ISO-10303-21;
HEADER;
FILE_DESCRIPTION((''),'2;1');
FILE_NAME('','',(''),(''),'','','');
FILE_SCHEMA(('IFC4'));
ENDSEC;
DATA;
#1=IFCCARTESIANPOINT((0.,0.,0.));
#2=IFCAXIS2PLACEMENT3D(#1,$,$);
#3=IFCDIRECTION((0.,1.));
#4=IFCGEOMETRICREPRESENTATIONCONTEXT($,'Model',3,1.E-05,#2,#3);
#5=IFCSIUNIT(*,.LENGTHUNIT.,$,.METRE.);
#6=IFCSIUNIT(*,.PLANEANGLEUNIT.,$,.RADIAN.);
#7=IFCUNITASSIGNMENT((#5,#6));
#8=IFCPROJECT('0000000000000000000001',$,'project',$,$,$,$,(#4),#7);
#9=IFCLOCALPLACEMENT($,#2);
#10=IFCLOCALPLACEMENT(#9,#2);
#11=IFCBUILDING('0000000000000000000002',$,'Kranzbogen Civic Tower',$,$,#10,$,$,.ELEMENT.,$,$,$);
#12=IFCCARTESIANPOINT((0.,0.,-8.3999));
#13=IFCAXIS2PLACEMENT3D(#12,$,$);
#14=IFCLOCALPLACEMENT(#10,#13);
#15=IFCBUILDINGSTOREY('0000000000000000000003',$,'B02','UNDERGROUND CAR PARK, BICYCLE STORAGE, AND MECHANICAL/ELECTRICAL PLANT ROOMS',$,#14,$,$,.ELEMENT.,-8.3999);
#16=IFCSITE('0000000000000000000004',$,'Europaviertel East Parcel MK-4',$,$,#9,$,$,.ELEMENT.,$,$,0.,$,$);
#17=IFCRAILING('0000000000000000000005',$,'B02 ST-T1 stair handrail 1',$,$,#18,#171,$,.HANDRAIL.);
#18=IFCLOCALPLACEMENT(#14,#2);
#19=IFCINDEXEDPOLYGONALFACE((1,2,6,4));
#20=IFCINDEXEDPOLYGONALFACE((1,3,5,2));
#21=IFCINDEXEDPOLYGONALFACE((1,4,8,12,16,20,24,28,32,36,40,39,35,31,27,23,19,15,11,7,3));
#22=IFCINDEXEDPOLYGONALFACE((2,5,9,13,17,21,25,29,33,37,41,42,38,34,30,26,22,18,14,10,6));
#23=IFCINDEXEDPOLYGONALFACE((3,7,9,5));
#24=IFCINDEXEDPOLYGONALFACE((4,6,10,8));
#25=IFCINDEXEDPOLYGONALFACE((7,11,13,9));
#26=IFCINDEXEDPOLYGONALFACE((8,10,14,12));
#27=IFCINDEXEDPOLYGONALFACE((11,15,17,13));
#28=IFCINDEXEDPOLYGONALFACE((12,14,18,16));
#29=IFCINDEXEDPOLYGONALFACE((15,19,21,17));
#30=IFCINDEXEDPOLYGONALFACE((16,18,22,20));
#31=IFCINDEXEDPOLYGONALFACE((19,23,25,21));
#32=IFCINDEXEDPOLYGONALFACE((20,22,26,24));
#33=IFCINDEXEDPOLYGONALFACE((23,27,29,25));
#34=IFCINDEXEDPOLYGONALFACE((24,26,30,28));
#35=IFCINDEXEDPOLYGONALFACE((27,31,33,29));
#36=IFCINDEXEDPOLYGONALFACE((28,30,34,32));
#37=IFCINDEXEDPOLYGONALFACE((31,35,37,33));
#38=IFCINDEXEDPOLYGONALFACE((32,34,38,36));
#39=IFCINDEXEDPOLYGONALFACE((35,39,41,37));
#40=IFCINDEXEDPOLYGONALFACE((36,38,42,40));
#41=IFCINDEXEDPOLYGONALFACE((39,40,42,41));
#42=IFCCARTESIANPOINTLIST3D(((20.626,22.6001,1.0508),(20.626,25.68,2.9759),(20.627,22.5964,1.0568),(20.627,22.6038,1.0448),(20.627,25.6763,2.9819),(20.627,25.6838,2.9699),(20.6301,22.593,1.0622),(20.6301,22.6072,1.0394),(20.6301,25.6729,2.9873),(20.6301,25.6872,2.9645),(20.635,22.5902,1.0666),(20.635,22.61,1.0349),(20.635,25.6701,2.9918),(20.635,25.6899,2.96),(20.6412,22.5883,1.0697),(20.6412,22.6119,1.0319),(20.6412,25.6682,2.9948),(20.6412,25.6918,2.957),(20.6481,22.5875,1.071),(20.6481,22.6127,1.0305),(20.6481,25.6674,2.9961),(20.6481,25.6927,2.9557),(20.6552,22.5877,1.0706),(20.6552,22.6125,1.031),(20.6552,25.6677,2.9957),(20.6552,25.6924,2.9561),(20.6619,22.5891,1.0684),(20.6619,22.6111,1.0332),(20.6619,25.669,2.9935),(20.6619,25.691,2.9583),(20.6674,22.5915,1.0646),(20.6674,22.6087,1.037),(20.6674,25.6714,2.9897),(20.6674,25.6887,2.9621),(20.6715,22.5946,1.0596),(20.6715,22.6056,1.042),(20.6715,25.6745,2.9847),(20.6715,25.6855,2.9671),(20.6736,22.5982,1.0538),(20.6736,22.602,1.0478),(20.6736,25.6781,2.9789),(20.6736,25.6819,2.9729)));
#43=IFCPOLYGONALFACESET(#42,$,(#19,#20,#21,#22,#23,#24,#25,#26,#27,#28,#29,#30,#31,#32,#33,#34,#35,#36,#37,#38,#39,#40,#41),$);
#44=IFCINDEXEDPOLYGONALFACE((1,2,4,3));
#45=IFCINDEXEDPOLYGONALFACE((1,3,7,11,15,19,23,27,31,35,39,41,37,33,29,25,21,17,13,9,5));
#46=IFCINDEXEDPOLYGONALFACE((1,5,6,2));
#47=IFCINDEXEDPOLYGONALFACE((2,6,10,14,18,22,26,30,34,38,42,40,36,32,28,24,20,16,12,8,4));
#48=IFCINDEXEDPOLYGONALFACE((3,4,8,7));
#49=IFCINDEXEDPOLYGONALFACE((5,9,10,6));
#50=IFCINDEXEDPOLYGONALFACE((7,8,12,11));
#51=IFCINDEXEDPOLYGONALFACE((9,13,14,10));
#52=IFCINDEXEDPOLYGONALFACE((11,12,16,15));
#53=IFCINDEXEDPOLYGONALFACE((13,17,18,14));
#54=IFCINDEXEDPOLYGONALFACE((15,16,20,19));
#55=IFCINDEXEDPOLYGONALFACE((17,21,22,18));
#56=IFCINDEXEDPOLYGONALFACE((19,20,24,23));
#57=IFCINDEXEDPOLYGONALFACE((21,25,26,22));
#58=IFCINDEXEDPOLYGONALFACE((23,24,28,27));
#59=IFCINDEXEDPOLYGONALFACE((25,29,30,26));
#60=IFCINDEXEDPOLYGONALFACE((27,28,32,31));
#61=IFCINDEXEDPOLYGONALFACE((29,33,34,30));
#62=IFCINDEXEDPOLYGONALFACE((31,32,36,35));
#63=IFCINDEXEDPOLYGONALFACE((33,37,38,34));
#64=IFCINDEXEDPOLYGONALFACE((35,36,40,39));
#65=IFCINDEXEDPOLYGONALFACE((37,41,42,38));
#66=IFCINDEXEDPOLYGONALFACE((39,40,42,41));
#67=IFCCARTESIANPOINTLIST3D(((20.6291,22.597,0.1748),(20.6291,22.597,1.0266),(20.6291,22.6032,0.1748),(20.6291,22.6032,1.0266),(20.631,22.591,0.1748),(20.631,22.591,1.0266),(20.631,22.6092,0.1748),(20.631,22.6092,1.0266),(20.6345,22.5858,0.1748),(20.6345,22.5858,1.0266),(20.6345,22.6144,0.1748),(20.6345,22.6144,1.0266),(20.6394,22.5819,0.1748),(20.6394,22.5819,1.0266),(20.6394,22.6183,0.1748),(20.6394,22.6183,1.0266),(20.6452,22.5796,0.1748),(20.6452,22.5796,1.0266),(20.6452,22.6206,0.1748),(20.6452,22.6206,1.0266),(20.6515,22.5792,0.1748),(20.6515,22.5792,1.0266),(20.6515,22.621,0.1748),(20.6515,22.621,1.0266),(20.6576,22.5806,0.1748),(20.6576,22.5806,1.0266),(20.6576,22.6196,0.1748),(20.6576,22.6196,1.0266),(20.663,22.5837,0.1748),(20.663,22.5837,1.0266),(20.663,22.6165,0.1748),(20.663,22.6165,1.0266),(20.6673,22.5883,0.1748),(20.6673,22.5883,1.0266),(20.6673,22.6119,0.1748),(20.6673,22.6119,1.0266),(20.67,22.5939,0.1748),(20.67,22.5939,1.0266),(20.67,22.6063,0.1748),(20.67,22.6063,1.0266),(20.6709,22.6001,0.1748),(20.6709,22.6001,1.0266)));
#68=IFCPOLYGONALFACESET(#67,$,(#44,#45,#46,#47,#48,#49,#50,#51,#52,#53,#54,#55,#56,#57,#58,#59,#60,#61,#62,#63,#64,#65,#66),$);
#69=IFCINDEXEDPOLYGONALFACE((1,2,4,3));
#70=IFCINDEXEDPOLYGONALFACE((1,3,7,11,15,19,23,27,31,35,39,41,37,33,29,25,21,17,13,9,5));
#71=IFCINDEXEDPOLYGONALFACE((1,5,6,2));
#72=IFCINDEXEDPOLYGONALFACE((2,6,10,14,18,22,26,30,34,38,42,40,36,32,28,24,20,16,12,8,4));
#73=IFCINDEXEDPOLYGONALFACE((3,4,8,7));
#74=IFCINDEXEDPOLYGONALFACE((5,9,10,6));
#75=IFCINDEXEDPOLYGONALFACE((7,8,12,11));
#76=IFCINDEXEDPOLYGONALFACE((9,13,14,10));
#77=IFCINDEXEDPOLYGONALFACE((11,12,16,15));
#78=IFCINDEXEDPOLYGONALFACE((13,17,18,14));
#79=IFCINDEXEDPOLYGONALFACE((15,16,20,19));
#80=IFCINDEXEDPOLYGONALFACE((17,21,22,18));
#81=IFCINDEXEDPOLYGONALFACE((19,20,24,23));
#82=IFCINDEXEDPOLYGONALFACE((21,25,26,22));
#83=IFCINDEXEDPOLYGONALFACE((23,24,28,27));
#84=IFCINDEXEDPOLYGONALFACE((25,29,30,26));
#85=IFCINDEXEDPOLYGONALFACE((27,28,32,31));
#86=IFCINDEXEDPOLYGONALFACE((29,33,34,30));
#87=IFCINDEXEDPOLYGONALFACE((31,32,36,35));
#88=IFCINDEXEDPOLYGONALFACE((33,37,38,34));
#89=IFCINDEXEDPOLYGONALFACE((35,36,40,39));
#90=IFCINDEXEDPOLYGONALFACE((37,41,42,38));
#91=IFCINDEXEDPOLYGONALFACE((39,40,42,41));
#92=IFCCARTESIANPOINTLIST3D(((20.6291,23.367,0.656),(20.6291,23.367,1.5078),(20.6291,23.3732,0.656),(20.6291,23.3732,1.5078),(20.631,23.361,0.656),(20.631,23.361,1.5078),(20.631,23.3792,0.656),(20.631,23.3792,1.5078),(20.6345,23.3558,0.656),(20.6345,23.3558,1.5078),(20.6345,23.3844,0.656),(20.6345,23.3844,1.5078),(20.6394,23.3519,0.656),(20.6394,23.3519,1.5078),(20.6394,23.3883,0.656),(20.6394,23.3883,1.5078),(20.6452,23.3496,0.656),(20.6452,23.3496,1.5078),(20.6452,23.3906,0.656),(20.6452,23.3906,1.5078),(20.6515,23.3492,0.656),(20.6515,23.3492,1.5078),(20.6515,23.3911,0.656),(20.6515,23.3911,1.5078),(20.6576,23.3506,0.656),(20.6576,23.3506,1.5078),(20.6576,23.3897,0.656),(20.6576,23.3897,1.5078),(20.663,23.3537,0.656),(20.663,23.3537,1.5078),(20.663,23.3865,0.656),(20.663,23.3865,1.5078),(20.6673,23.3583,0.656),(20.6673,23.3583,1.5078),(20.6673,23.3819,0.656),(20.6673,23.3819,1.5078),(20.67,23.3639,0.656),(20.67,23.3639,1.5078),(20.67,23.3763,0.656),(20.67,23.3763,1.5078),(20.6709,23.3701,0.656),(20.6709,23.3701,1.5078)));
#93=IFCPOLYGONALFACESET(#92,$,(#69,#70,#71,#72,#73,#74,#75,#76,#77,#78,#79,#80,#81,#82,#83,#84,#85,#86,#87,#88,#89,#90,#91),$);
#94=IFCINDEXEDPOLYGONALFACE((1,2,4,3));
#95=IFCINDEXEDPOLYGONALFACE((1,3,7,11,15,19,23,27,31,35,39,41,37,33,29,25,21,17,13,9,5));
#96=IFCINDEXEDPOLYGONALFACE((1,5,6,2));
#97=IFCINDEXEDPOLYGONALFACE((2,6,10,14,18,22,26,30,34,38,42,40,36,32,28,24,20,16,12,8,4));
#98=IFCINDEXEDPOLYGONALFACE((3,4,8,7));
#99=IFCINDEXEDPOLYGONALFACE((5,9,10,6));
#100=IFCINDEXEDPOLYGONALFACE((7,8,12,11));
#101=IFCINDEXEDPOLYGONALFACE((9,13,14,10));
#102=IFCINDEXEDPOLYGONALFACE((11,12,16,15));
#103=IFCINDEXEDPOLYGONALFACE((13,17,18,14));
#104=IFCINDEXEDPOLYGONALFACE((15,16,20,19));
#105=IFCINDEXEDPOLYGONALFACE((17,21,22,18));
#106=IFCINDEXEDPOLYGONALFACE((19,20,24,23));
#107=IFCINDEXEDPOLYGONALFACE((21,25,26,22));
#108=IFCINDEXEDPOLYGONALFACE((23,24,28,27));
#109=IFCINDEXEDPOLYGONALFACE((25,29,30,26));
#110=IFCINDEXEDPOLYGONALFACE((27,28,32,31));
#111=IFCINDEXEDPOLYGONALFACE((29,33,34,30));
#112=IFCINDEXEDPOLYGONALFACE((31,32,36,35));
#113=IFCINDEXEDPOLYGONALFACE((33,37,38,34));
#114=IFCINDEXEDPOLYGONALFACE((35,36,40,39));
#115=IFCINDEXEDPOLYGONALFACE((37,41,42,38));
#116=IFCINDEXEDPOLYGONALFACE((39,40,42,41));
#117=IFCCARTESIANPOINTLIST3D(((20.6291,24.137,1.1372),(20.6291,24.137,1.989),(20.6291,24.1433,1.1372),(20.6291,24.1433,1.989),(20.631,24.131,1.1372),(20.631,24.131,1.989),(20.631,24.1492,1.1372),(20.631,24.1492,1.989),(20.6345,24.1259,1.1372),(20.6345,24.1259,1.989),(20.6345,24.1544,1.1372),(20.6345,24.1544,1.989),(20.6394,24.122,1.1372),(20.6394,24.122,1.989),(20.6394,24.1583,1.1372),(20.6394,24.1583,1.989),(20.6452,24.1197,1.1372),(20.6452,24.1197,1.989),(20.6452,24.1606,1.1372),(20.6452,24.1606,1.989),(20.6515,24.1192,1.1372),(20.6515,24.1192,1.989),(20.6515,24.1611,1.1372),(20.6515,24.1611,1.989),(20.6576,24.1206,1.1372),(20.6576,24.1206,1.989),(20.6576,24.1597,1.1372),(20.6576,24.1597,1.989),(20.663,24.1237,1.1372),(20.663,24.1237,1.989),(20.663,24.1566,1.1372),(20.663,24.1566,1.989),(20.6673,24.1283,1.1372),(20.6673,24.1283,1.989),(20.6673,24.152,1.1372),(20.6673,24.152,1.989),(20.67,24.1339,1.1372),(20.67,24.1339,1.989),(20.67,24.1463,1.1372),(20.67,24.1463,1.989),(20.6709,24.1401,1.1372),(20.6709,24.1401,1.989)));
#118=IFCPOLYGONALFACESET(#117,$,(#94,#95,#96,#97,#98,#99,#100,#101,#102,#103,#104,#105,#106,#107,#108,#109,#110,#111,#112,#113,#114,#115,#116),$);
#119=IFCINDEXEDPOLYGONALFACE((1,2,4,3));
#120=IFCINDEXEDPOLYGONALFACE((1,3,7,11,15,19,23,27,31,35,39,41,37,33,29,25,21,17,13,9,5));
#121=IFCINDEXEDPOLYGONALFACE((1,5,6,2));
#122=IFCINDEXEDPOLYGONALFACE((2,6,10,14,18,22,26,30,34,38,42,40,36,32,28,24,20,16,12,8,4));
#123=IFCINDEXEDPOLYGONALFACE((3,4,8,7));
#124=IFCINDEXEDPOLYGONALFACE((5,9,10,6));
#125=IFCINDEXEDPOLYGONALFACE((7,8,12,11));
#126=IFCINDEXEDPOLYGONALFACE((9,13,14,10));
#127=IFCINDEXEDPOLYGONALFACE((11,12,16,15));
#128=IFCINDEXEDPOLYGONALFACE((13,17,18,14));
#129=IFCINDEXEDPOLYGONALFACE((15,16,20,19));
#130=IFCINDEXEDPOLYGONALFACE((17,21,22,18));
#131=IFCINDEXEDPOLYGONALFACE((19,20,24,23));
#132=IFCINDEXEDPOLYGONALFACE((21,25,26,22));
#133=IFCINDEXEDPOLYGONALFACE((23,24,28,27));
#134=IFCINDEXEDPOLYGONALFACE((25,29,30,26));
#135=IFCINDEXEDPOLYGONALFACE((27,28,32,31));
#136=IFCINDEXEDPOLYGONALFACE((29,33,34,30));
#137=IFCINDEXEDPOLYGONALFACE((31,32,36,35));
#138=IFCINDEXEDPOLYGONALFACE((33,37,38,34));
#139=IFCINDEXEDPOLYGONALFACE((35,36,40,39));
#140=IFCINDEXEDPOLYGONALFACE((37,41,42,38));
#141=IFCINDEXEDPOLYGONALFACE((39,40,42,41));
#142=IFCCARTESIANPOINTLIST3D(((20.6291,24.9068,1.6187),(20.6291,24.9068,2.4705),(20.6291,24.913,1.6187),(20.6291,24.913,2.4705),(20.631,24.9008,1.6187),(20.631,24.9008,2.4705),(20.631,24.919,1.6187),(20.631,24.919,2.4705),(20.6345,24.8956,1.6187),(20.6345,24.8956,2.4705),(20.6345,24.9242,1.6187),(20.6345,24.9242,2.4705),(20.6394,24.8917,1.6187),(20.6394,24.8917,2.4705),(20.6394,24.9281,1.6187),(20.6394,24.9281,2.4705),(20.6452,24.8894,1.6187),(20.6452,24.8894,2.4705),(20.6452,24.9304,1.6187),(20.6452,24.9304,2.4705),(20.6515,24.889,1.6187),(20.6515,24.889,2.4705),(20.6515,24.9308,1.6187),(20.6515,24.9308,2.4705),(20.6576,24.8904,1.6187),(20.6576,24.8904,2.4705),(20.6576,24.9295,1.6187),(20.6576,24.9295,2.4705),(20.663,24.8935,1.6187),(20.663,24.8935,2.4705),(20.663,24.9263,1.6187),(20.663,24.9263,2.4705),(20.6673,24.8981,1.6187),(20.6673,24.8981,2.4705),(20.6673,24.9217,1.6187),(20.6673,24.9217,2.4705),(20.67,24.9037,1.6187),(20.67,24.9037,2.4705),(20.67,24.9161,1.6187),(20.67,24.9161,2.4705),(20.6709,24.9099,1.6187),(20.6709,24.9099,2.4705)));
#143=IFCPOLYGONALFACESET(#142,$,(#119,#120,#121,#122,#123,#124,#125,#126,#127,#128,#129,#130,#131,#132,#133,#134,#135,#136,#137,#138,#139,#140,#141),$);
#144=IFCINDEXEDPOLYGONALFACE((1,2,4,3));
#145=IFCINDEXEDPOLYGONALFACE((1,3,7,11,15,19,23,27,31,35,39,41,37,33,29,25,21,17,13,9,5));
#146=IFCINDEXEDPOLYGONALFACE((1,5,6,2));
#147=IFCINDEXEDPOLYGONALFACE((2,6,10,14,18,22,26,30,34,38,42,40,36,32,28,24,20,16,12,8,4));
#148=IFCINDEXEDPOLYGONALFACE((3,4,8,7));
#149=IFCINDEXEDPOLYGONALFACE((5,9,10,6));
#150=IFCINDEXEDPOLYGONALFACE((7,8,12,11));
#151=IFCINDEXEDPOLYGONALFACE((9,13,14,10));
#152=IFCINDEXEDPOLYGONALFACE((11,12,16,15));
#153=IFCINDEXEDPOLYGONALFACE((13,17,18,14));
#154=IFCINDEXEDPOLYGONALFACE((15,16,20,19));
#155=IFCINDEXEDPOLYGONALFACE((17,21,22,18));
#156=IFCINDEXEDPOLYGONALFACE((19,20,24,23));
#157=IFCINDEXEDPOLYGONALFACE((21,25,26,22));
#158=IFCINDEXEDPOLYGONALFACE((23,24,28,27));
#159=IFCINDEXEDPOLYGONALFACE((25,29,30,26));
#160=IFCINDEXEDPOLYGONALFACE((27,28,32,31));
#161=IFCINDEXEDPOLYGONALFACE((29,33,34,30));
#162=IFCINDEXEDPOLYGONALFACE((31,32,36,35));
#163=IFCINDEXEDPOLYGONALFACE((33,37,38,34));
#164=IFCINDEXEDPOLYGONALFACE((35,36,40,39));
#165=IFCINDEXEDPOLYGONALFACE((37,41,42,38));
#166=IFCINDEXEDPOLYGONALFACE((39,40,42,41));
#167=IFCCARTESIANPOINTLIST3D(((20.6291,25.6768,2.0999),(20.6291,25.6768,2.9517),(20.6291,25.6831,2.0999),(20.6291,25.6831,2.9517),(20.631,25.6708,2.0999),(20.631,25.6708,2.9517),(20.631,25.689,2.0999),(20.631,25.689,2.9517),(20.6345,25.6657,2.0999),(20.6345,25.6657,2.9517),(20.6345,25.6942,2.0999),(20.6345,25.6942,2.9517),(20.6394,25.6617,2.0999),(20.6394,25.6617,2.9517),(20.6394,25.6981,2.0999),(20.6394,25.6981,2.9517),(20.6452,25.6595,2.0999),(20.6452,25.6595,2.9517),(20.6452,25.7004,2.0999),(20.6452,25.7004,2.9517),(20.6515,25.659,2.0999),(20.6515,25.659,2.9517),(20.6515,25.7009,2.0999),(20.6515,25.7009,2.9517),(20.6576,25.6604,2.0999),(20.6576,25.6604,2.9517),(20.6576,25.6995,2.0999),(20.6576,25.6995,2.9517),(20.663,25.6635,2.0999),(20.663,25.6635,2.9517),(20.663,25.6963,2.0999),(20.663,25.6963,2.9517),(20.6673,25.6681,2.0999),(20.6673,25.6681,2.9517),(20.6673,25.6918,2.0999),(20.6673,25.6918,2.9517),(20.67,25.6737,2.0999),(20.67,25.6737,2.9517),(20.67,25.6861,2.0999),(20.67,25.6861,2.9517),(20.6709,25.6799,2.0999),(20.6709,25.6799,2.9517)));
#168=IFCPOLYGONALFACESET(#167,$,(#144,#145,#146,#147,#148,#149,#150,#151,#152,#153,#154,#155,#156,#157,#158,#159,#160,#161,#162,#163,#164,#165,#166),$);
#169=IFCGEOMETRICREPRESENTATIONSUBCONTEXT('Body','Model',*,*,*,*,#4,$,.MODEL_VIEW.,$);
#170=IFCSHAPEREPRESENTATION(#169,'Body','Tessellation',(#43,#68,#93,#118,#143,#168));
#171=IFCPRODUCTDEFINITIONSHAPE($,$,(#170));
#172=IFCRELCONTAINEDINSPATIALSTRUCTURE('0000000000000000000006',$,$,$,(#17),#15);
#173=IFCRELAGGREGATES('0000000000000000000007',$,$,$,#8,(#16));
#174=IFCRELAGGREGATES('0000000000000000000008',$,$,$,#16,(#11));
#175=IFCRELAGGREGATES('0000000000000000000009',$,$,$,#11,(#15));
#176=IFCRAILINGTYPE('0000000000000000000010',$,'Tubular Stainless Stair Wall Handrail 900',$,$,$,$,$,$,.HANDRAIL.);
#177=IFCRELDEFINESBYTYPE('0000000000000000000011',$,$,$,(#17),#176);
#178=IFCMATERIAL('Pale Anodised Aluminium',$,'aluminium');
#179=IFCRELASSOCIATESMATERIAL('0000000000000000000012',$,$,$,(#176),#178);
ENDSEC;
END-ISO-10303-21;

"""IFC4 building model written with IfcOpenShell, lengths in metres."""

from ifc_helpers import new_model, si_unit, direction, frame, origin, origin_2d, place, context, subcontext, project, spatial, circle, extrude, material, type_object, element, save


model = new_model("IFC4")

# Units and contexts
model_context = context("Model", 3, precision=1e-05, world=origin(), true_north=direction((0.0, 1.0)))
body_context = subcontext(model_context, "Body", "Model", "MODEL_VIEW")
ifc_project = project(units=[si_unit("LENGTHUNIT", "METRE"), si_unit("PLANEANGLEUNIT", "RADIAN")], contexts=[model_context])

# Site, building, storey
site_placement = place(None, origin())
site = spatial("IfcSite", under=ifc_project, at=site_placement, Name="Europaviertel East Parcel MK-4", CompositionType="ELEMENT", RefElevation=0.0)
building_placement = place(site_placement, origin())
building = spatial("IfcBuilding", under=site, at=building_placement, Name="Kranzbogen Civic Tower", CompositionType="ELEMENT")
storey_placement = place(building_placement, frame((0.0, 0.0, -8.3999)))
storey = spatial("IfcBuildingStorey", under=building, at=storey_placement, Name="B02", Description="UNDERGROUND CAR PARK, BICYCLE STORAGE, AND MECHANICAL/ELECTRICAL PLANT ROOMS", CompositionType="ELEMENT", Elevation=-8.3999)

# Shared definitions
ifc_material_1 = material(Name="Pale Anodised Aluminium", Category="aluminium")

# Railing
railing_type_1 = type_object("IfcRailingType", Name="Tubular Stainless Stair Wall Handrail 900", PredefinedType="HANDRAIL", material=ifc_material_1)
railing_1_placement = place(storey_placement, frame((20.6499, 22.6001, 0.1748)))
element("IfcRailing", 1, at=railing_1_placement, inside=storey, type_object=railing_type_1, Name="B02 ST-T1 stair handrail 1", PredefinedType="HANDRAIL", context=body_context, shape_type="SweptSolid", body=[
    extrude(circle(Radius=0.0239, at=origin_2d()), frame((0.0, 0.0, 0.876), z_axis=(0.0, 0.847979, 0.530029), x_axis=(-1.0, 0.0, 0.0)), (0.0, 0.0, 1.0), 3.6321),
    extrude(circle(Radius=0.021, at=origin_2d()), origin(), (0.0, 0.0, 1.0), 0.8518),
    extrude(circle(Radius=0.021, at=origin_2d()), frame((0.0, 0.77, 0.4812)), (0.0, 0.0, 1.0), 0.8518),
    extrude(circle(Radius=0.021, at=origin_2d()), frame((0.0, 1.54, 0.9624)), (0.0, 0.0, 1.0), 0.8518),
    extrude(circle(Radius=0.021, at=origin_2d()), frame((0.0, 2.3098, 1.4438)), (0.0, 0.0, 1.0), 0.8518),
    extrude(circle(Radius=0.021, at=origin_2d()), frame((0.0, 3.0798, 1.925)), (0.0, 0.0, 1.0), 0.8518),
])

save(model, "model.ifc")
